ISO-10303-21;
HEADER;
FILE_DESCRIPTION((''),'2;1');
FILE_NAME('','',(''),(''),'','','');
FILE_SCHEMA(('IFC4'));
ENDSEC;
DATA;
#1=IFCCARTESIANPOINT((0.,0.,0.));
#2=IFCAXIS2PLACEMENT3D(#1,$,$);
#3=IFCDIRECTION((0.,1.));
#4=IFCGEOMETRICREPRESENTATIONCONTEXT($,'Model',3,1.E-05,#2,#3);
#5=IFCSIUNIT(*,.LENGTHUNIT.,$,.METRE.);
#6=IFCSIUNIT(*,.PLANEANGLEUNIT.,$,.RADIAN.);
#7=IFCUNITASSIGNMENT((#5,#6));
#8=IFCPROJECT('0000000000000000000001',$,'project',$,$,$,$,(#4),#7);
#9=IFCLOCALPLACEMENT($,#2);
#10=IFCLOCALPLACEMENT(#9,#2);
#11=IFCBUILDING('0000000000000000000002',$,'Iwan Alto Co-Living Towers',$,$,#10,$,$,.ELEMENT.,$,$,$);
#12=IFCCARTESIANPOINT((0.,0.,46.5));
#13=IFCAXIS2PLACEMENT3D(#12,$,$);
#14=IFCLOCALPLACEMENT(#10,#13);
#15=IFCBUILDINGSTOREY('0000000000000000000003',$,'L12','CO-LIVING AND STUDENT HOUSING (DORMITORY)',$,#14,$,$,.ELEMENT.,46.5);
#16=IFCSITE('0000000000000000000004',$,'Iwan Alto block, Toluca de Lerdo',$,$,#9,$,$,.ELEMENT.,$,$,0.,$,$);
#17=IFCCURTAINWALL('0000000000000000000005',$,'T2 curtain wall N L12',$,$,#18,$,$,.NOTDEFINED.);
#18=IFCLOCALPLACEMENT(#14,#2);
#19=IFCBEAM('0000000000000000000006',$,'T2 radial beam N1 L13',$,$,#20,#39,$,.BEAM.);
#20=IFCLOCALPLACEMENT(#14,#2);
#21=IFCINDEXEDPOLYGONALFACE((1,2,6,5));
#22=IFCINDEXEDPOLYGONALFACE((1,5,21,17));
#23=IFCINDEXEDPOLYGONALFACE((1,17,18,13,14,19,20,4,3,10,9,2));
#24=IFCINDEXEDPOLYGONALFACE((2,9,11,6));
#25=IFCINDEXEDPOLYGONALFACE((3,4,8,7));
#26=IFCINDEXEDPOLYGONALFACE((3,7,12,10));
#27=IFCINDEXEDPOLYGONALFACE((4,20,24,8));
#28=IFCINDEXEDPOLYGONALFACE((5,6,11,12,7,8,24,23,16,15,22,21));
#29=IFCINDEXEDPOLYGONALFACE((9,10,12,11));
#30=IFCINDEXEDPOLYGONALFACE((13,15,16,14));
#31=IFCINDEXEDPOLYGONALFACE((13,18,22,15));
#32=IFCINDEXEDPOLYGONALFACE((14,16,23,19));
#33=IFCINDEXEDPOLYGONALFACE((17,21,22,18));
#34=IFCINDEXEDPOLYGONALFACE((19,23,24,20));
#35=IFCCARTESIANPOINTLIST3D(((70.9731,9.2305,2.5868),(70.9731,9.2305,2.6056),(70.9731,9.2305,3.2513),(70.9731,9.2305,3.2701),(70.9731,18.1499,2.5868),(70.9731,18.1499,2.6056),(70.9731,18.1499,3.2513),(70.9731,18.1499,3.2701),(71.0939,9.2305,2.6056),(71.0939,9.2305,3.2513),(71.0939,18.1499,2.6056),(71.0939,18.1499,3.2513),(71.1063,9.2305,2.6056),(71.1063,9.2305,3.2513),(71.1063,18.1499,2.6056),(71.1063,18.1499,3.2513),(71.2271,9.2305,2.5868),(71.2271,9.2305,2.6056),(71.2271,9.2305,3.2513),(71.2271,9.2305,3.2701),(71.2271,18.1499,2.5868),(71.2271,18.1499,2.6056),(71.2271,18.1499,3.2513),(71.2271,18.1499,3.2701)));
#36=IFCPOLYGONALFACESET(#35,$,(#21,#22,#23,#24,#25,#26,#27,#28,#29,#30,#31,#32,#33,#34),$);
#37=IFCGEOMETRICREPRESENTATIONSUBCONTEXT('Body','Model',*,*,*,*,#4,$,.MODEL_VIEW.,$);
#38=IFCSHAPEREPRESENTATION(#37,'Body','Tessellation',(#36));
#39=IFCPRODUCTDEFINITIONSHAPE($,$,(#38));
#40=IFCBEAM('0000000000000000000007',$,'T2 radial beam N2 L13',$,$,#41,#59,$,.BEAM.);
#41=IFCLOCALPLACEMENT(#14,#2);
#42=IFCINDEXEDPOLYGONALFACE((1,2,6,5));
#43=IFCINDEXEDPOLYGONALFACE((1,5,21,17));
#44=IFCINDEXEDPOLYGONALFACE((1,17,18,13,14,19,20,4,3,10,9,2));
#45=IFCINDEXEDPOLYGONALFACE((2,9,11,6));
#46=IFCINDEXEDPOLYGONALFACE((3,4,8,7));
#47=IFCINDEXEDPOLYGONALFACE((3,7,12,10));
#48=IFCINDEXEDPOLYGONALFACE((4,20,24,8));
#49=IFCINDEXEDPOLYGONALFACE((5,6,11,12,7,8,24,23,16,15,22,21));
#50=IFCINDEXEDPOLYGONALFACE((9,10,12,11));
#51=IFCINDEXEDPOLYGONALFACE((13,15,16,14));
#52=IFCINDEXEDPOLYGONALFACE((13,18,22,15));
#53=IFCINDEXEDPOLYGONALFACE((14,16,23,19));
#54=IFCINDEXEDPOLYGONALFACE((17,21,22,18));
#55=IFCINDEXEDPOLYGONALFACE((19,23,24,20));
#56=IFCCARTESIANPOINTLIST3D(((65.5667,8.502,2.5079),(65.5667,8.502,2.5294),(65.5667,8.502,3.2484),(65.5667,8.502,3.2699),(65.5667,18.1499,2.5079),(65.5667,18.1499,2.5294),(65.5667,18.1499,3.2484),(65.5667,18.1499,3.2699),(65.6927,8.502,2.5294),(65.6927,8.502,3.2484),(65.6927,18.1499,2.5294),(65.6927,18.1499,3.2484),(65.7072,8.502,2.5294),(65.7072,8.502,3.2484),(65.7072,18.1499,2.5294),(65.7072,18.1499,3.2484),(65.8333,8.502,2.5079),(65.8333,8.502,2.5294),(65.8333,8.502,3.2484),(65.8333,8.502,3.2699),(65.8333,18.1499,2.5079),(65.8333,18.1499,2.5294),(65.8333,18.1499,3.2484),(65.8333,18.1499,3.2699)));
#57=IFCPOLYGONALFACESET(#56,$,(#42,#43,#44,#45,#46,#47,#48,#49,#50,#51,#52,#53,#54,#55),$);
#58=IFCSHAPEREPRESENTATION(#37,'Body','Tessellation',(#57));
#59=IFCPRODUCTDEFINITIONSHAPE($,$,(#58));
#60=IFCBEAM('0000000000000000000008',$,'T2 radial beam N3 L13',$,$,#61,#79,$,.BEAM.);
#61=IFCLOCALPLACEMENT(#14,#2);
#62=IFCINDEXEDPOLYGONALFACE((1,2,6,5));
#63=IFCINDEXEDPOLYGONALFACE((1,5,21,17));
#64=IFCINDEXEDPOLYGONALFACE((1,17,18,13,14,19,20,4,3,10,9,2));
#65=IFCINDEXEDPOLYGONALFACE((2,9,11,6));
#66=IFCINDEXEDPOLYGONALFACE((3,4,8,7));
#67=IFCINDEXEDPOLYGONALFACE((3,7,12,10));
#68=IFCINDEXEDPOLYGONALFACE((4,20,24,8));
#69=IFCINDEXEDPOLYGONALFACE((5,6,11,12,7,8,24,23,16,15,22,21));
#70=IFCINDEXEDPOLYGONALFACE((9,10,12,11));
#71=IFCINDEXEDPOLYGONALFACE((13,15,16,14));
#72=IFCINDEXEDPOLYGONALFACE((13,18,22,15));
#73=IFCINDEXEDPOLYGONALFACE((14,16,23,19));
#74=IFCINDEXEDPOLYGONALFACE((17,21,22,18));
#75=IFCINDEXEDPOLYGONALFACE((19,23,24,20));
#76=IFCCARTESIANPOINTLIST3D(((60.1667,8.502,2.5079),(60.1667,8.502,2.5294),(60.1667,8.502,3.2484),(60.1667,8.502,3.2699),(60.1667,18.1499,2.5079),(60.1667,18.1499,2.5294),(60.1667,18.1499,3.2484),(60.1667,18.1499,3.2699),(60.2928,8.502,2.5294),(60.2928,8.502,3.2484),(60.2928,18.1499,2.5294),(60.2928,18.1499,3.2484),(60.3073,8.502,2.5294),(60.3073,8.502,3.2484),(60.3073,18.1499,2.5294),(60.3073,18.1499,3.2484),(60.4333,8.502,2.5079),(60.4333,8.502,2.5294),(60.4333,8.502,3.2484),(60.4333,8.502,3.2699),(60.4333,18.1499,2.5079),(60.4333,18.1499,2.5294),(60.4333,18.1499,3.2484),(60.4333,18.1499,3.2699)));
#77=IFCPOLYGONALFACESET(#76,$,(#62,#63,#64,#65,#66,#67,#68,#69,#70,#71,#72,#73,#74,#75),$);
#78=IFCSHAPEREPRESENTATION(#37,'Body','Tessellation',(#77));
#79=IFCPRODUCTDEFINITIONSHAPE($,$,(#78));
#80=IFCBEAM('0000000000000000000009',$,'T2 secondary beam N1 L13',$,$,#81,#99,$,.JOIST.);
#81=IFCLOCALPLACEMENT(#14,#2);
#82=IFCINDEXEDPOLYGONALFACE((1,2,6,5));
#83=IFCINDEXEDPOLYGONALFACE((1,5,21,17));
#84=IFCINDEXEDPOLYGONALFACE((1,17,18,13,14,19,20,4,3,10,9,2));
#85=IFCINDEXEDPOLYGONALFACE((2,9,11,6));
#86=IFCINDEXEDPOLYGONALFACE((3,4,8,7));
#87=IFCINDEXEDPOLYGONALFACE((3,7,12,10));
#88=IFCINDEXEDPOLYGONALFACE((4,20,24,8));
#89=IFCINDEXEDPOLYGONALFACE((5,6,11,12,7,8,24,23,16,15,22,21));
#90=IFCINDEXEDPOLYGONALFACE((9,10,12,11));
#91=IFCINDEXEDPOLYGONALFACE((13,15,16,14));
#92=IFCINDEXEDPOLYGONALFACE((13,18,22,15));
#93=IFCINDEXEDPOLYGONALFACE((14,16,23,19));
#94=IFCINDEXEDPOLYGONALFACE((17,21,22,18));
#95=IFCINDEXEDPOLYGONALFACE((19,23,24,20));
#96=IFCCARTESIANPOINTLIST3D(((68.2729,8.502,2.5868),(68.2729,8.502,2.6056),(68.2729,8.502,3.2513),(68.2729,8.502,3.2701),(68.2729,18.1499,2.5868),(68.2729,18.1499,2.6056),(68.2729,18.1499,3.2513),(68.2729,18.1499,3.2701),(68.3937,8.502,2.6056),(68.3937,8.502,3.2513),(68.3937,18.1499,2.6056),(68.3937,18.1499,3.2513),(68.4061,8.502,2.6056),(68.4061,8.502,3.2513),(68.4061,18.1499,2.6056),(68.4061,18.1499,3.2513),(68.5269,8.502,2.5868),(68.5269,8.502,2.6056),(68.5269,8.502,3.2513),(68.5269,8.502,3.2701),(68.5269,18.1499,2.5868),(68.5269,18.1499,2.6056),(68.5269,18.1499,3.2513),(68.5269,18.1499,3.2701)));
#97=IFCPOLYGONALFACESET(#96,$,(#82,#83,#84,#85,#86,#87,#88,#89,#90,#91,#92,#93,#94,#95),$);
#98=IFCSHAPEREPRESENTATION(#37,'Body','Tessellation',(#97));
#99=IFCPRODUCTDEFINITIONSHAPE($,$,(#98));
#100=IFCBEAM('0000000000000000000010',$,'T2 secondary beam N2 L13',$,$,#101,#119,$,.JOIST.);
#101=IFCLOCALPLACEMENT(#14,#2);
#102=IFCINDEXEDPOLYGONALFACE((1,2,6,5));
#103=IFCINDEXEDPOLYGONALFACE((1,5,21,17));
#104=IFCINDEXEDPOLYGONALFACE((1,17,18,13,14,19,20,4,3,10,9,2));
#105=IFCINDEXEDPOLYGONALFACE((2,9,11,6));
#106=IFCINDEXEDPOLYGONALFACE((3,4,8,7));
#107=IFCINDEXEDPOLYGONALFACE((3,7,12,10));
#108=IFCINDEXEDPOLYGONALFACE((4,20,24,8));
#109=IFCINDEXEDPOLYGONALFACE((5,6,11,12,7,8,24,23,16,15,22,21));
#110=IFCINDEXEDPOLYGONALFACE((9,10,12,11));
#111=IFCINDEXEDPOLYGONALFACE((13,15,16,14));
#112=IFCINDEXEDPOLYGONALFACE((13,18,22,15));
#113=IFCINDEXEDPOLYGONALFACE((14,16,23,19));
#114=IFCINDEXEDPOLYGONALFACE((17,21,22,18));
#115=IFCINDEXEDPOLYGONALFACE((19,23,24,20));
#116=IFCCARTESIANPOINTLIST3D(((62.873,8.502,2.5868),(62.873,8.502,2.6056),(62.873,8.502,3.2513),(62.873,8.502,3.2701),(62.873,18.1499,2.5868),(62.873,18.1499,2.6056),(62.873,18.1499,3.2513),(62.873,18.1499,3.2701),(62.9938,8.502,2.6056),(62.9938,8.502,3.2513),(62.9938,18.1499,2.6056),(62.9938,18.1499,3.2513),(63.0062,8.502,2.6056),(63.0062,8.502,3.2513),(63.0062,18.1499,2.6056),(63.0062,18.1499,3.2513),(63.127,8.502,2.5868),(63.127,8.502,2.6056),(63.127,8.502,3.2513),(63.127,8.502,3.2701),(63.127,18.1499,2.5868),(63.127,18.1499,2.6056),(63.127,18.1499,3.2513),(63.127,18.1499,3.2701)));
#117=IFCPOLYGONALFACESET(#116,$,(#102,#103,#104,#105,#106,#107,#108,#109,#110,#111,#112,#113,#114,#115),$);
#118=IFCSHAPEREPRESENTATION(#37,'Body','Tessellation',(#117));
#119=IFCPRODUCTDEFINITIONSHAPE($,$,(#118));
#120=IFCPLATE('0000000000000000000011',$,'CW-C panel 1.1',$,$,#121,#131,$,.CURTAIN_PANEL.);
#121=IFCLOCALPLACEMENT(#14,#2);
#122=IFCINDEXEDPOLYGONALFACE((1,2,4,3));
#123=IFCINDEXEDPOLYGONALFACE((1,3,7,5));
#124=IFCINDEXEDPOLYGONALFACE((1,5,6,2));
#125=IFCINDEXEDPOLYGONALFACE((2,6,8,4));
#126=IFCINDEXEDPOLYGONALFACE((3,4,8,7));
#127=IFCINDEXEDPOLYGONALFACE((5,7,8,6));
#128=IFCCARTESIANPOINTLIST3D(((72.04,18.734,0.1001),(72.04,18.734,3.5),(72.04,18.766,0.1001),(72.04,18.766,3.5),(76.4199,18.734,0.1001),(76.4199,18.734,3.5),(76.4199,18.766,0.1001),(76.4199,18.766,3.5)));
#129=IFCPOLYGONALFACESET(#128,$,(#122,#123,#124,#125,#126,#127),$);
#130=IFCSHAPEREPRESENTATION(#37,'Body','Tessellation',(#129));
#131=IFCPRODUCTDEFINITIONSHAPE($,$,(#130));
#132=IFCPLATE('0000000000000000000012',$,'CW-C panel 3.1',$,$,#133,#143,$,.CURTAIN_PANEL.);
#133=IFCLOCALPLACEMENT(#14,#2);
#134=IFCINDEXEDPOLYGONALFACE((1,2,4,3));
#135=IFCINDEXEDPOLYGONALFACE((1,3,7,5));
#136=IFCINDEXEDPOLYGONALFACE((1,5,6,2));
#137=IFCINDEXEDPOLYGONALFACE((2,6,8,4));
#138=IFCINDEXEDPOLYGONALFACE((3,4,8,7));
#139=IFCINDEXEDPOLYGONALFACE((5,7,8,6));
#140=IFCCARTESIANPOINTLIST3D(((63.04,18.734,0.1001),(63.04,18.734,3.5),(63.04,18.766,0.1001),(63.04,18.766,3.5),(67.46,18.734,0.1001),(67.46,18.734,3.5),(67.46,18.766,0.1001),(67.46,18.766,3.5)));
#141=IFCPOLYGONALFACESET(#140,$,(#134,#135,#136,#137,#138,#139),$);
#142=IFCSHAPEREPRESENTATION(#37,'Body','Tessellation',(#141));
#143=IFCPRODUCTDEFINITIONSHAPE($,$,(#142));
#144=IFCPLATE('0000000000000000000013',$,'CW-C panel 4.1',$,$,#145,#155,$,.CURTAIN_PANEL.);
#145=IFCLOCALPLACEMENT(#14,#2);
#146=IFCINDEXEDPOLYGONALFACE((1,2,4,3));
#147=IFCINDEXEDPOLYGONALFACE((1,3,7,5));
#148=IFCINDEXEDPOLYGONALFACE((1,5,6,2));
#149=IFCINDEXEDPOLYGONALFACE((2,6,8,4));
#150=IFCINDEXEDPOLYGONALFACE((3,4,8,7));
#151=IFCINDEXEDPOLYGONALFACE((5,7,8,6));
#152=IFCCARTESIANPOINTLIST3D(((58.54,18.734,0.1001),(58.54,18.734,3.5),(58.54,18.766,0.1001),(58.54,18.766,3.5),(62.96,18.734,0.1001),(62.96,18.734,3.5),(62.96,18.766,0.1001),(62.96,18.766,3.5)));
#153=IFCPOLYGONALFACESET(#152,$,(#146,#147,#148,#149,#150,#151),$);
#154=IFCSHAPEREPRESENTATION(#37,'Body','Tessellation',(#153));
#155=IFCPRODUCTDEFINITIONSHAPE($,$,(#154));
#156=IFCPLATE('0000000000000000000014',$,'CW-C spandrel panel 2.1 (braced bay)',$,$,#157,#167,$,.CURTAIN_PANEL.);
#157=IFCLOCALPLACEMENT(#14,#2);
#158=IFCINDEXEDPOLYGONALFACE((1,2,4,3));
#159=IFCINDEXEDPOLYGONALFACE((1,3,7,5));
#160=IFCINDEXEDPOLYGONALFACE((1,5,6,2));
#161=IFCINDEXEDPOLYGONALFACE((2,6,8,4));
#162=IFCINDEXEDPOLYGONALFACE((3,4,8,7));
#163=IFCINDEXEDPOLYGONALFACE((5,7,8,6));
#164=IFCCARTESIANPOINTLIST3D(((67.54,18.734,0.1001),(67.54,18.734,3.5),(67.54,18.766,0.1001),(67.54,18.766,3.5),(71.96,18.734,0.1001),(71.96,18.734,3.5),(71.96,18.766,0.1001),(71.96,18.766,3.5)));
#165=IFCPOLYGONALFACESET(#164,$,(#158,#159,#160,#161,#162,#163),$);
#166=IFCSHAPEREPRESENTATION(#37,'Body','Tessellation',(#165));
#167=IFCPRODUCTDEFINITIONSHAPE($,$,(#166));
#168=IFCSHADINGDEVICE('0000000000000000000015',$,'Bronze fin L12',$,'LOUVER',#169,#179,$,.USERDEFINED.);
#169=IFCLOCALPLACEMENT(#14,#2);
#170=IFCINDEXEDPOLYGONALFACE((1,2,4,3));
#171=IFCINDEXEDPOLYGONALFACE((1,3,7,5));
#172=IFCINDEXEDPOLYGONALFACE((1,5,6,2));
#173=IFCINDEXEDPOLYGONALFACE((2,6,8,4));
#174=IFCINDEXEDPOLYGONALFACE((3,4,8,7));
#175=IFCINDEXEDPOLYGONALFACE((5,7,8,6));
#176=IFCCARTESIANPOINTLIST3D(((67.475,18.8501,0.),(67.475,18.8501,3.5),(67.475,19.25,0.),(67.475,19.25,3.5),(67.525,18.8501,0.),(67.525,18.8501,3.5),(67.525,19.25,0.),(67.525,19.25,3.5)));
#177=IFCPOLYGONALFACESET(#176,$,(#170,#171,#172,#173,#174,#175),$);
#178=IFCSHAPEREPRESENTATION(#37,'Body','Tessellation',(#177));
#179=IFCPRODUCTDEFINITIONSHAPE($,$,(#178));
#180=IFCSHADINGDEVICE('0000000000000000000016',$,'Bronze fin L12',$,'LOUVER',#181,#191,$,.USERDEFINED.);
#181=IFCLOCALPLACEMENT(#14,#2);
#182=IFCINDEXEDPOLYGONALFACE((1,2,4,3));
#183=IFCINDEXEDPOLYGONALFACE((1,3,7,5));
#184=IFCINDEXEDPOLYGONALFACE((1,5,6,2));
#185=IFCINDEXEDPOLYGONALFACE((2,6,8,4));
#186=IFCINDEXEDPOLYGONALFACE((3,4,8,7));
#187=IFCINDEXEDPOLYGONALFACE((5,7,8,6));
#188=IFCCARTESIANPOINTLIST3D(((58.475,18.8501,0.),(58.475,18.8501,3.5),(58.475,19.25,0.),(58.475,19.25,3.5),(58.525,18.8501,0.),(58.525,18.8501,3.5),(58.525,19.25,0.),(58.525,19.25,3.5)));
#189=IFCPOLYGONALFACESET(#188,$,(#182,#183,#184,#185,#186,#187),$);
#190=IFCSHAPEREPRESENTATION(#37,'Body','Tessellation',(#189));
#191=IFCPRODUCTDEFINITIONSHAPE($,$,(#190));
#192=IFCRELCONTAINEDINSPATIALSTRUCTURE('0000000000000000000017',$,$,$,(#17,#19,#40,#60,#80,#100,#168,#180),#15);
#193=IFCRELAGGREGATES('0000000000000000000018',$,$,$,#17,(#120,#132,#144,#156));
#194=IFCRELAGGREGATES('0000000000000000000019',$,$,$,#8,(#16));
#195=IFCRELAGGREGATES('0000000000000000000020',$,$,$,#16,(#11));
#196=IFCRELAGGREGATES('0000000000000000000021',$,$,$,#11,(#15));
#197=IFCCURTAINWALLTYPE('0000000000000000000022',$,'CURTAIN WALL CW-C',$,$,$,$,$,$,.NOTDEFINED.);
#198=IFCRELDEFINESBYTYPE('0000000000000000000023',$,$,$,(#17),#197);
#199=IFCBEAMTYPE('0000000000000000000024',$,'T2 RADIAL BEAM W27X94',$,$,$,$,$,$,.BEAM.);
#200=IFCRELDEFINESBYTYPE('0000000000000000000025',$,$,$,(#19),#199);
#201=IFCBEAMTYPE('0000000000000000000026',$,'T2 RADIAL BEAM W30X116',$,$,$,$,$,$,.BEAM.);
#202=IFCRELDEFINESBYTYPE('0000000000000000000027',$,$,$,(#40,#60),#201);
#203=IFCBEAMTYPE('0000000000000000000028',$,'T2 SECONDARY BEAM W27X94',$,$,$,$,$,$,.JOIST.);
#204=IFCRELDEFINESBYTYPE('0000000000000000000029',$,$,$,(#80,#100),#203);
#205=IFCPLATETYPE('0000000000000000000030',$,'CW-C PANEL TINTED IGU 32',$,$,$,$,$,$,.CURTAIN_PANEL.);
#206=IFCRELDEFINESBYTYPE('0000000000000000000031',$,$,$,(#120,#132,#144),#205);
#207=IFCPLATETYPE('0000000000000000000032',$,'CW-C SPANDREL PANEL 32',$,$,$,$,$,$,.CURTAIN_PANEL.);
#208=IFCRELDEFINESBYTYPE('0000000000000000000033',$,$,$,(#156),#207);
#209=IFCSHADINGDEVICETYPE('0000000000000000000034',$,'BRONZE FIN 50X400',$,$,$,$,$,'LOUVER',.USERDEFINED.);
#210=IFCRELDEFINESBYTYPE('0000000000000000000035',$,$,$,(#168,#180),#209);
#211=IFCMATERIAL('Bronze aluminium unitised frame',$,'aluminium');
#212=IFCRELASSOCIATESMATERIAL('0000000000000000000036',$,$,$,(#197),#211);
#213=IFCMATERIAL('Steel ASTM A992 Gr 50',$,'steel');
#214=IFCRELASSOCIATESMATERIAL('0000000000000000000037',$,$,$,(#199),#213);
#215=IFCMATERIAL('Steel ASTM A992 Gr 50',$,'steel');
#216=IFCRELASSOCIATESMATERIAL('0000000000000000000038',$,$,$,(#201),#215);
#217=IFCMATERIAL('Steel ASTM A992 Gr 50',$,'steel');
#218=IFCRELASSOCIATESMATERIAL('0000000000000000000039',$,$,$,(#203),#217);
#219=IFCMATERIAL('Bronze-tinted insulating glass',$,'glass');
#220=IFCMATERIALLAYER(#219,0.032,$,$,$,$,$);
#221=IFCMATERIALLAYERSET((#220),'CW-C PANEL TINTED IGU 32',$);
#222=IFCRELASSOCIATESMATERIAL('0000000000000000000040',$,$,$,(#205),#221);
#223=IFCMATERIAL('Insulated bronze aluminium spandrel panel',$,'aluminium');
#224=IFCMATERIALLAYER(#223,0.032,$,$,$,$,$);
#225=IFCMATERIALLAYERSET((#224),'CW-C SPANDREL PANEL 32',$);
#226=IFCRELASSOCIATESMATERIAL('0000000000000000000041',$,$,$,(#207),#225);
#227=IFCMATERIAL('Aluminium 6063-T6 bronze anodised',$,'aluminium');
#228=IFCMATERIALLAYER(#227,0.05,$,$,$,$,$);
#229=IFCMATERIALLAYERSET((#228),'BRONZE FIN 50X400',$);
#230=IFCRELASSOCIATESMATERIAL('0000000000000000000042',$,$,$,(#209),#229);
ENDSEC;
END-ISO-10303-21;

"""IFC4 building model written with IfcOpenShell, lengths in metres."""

from ifc_helpers import new_model, si_unit, direction, frame, origin, origin_2d, place, context, subcontext, project, spatial, rectangle, i_section, extrude, material, layer, layer_set, material_profile, profile_set, type_object, element, aggregate, save


model = new_model("IFC4")

# Units and contexts
model_context = context("Model", 3, precision=1e-05, world=origin(), true_north=direction((0.0, 1.0)))
body_context = subcontext(model_context, "Body", "Model", "MODEL_VIEW")
ifc_project = project(units=[si_unit("LENGTHUNIT", "METRE"), si_unit("PLANEANGLEUNIT", "RADIAN")], contexts=[model_context])

# Site, building, storey
site_placement = place(None, origin())
site = spatial("IfcSite", under=ifc_project, at=site_placement, Name="Iwan Alto block, Toluca de Lerdo", CompositionType="ELEMENT", RefElevation=0.0)
building_placement = place(site_placement, origin())
building = spatial("IfcBuilding", under=site, at=building_placement, Name="Iwan Alto Co-Living Towers", CompositionType="ELEMENT")
storey_placement = place(building_placement, frame((0.0, 0.0, 46.5)))
storey = spatial("IfcBuildingStorey", under=building, at=storey_placement, Name="L12", Description="CO-LIVING AND STUDENT HOUSING (DORMITORY)", CompositionType="ELEMENT", Elevation=46.5)

# Curtain wall
ifc_material_1 = material(Name="Bronze aluminium unitised frame", Category="aluminium")
curtain_wall_type = type_object("IfcCurtainWallType", Name="CURTAIN WALL CW-C", PredefinedType="NOTDEFINED", material=ifc_material_1)
curtain_wall_placement = place(storey_placement, origin())
curtain_wall = element("IfcCurtainWall", 1, at=curtain_wall_placement, inside=storey, type_object=curtain_wall_type, Name="T2 curtain wall N L12", PredefinedType="NOTDEFINED")

# Beams
ifc_material_2 = material(Name="Steel ASTM A992 Gr 50", Category="steel")
ifc_material_profile_1 = material_profile(ifc_material_2, i_section(OverallWidth=0.2539, OverallDepth=0.6833, WebThickness=0.0125, FlangeThickness=0.0188, at=origin_2d()), Name="W27X94")
ifc_profile_set_1 = profile_set([ifc_material_profile_1], Name="Steel ASTM A992 Gr 50")
beam_type_1 = type_object("IfcBeamType", Name="T2 RADIAL BEAM W27X94", PredefinedType="BEAM", material=ifc_profile_set_1)
beam_1_placement = place(storey_placement, frame((71.1001, 18.1499, 2.9285), z_axis=(0.0, -1.0, 0.0), x_axis=(1.0, 0.0, 0.0)))
element("IfcBeam", 2, at=beam_1_placement, inside=storey, type_object=beam_type_1, Name="T2 radial beam N1 L13", PredefinedType="BEAM", context=body_context, shape_type="SweptSolid", body=[
    extrude(i_section(OverallWidth=0.2539, OverallDepth=0.6833, WebThickness=0.0125, FlangeThickness=0.0188, at=origin_2d()), origin(), (0.0, 0.0, 1.0), 8.9194),
])
ifc_material_3 = material(Name="Steel ASTM A992 Gr 50", Category="steel")
ifc_material_profile_2 = material_profile(ifc_material_3, i_section(OverallWidth=0.2666, OverallDepth=0.762, WebThickness=0.0144, FlangeThickness=0.0215, at=origin_2d()), Name="W30X116")
ifc_profile_set_2 = profile_set([ifc_material_profile_2], Name="Steel ASTM A992 Gr 50")
beam_type_2 = type_object("IfcBeamType", Name="T2 RADIAL BEAM W30X116", PredefinedType="BEAM", material=ifc_profile_set_2)
for number, where, z_axis, x_axis, name in (
    (3, (65.7, 18.1499, 2.8889), (0.0, -1.0, 0.0), (1.0, 0.0, 0.0), "T2 radial beam N2 L13"),
    (4, (60.3, 18.1499, 2.8889), (0.0, -1.0, 0.0), (1.0, 0.0, 0.0), "T2 radial beam N3 L13"),
):
    element("IfcBeam", number, at=place(storey_placement, frame(where, z_axis=z_axis, x_axis=x_axis)), inside=storey, type_object=beam_type_2, Name=name, PredefinedType="BEAM", context=body_context, shape_type="SweptSolid", body=[
        extrude(i_section(OverallWidth=0.2666, OverallDepth=0.762, WebThickness=0.0144, FlangeThickness=0.0215, at=origin_2d()), origin(), (0.0, 0.0, 1.0), 9.6479),
    ])
ifc_material_4 = material(Name="Steel ASTM A992 Gr 50", Category="steel")
ifc_material_profile_3 = material_profile(ifc_material_4, i_section(OverallWidth=0.2539, OverallDepth=0.6833, WebThickness=0.0125, FlangeThickness=0.0188, at=origin_2d()), Name="W27X94")
ifc_profile_set_3 = profile_set([ifc_material_profile_3], Name="Steel ASTM A992 Gr 50")
beam_type_3 = type_object("IfcBeamType", Name="T2 SECONDARY BEAM W27X94", PredefinedType="JOIST", material=ifc_profile_set_3)
for number, where, z_axis, x_axis, name in (
    (5, (68.3999, 18.1499, 2.9285), (0.0, -1.0, 0.0), (1.0, 0.0, 0.0), "T2 secondary beam N1 L13"),
    (6, (63.0, 18.1499, 2.9285), (0.0, -1.0, 0.0), (1.0, 0.0, 0.0), "T2 secondary beam N2 L13"),
):
    element("IfcBeam", number, at=place(storey_placement, frame(where, z_axis=z_axis, x_axis=x_axis)), inside=storey, type_object=beam_type_3, Name=name, PredefinedType="JOIST", context=body_context, shape_type="SweptSolid", body=[
        extrude(i_section(OverallWidth=0.2539, OverallDepth=0.6833, WebThickness=0.0125, FlangeThickness=0.0188, at=origin_2d()), origin(), (0.0, 0.0, 1.0), 9.6479),
    ])

# Plates
ifc_material_5 = material(Name="Bronze-tinted insulating glass", Category="glass")
ifc_layer_1 = layer(ifc_material_5, 0.032)
ifc_layer_set_1 = layer_set([ifc_layer_1], Name="CW-C PANEL TINTED IGU 32")
plate_type_1 = type_object("IfcPlateType", Name="CW-C PANEL TINTED IGU 32", PredefinedType="CURTAIN_PANEL", material=ifc_layer_set_1)
plate_1_placement = place(storey_placement, frame((74.23, 18.75, 0.1001), z_axis=(0.0, 0.0, 1.0), x_axis=(-1.0, 0.0, 0.0)))
plate_1 = element("IfcPlate", 7, at=plate_1_placement, type_object=plate_type_1, Name="CW-C panel 1.1", PredefinedType="CURTAIN_PANEL", context=body_context, shape_type="SweptSolid", body=[
    extrude(rectangle(XDim=4.3799, YDim=0.032, at=origin_2d()), origin(), (0.0, 0.0, 1.0), 3.3999),
])
plate_2_placement = place(storey_placement, frame((65.25, 18.75, 0.1001), z_axis=(0.0, 0.0, 1.0), x_axis=(-1.0, 0.0, 0.0)))
plate_2 = element("IfcPlate", 8, at=plate_2_placement, type_object=plate_type_1, Name="CW-C panel 3.1", PredefinedType="CURTAIN_PANEL", context=body_context, shape_type="SweptSolid", body=[
    extrude(rectangle(XDim=4.4199, YDim=0.032, at=origin_2d()), origin(), (0.0, 0.0, 1.0), 3.3999),
])
plate_3_placement = place(storey_placement, frame((60.75, 18.75, 0.1001), z_axis=(0.0, 0.0, 1.0), x_axis=(-1.0, 0.0, 0.0)))
plate_3 = element("IfcPlate", 9, at=plate_3_placement, type_object=plate_type_1, Name="CW-C panel 4.1", PredefinedType="CURTAIN_PANEL", context=body_context, shape_type="SweptSolid", body=[
    extrude(rectangle(XDim=4.4199, YDim=0.032, at=origin_2d()), origin(), (0.0, 0.0, 1.0), 3.3999),
])
ifc_material_6 = material(Name="Insulated bronze aluminium spandrel panel", Category="aluminium")
ifc_layer_2 = layer(ifc_material_6, 0.032)
ifc_layer_set_2 = layer_set([ifc_layer_2], Name="CW-C SPANDREL PANEL 32")
plate_type_2 = type_object("IfcPlateType", Name="CW-C SPANDREL PANEL 32", PredefinedType="CURTAIN_PANEL", material=ifc_layer_set_2)
plate_4_placement = place(storey_placement, frame((69.75, 18.75, 0.1001), z_axis=(0.0, 0.0, 1.0), x_axis=(-1.0, 0.0, 0.0)))
plate_4 = element("IfcPlate", 10, at=plate_4_placement, type_object=plate_type_2, Name="CW-C spandrel panel 2.1 (braced bay)", PredefinedType="CURTAIN_PANEL", context=body_context, shape_type="SweptSolid", body=[
    extrude(rectangle(XDim=4.4199, YDim=0.032, at=origin_2d()), origin(), (0.0, 0.0, 1.0), 3.3999),
])
aggregate(curtain_wall, [plate_1, plate_2, plate_3, plate_4])

# Shading devices
ifc_material_7 = material(Name="Aluminium 6063-T6 bronze anodised", Category="aluminium")
ifc_layer_3 = layer(ifc_material_7, 0.05)
ifc_layer_set_3 = layer_set([ifc_layer_3], Name="BRONZE FIN 50X400")
shading_device_type = type_object("IfcShadingDeviceType", Name="BRONZE FIN 50X400", ElementType="LOUVER", PredefinedType="USERDEFINED", material=ifc_layer_set_3)
for number, where, z_axis, x_axis, name in (
    (11, (67.5, 19.05, 0.0), (0.0, 0.0, 1.0), (-1.0, 0.0, 0.0), "Bronze fin L12"),
    (12, (58.5, 19.05, 0.0), (0.0, 0.0, 1.0), (-1.0, 0.0, 0.0), "Bronze fin L12"),
):
    element("IfcShadingDevice", number, at=place(storey_placement, frame(where, z_axis=z_axis, x_axis=x_axis)), inside=storey, type_object=shading_device_type, Name=name, ObjectType="LOUVER", PredefinedType="USERDEFINED", context=body_context, shape_type="SweptSolid", body=[
        extrude(rectangle(XDim=0.05, YDim=0.3999, at=origin_2d()), origin(), (0.0, 0.0, 1.0), 3.5),
    ])

save(model, "model.ifc")
